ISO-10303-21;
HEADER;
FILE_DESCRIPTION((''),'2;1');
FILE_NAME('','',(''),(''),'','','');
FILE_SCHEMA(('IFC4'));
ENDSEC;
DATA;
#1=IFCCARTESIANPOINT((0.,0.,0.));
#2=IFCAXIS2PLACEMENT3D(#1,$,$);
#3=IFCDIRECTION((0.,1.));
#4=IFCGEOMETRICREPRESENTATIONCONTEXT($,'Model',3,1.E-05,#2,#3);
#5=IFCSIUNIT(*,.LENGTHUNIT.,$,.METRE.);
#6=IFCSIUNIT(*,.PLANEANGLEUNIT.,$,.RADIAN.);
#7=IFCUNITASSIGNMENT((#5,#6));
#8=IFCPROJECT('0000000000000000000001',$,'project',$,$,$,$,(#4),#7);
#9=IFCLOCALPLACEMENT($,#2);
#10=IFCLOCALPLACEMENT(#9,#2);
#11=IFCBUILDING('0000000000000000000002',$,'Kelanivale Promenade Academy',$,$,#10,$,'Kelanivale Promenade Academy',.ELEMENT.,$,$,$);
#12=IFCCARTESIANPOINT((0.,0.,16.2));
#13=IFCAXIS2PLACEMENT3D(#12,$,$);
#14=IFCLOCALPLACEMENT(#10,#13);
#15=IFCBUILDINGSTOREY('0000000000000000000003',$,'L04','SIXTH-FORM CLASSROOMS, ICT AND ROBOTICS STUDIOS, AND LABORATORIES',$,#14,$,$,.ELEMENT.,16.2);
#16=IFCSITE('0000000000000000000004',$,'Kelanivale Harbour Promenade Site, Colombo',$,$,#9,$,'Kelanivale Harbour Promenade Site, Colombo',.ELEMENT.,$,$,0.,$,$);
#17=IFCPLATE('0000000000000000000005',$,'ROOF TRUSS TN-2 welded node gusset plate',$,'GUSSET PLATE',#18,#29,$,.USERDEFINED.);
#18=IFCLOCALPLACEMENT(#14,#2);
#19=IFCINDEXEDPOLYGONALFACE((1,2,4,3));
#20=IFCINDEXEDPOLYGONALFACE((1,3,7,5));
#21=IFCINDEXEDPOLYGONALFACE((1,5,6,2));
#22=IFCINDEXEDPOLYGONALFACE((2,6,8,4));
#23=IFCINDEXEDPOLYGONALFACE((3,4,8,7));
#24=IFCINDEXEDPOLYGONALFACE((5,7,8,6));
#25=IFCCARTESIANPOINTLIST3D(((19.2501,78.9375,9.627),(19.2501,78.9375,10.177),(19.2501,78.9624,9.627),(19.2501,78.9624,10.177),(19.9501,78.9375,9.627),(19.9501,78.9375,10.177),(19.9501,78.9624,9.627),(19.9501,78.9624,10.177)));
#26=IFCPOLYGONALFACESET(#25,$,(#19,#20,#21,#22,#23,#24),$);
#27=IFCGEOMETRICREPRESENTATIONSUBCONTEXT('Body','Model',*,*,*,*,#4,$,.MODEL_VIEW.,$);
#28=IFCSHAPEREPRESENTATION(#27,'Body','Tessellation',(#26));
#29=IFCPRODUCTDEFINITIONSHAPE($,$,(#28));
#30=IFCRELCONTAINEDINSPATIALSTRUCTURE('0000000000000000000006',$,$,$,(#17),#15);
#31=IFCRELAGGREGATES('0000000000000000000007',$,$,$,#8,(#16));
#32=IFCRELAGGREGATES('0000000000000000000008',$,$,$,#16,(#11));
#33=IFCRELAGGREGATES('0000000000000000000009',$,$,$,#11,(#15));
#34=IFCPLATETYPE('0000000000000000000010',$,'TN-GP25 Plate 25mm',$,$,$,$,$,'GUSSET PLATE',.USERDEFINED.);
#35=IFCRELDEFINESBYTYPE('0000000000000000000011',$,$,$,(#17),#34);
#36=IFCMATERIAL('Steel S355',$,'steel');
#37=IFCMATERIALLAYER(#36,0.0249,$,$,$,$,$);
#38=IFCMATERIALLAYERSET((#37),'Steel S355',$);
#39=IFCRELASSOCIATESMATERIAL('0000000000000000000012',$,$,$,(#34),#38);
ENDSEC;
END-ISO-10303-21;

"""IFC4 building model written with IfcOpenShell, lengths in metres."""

from ifc_helpers import new_model, si_unit, direction, frame, origin, origin_2d, place, context, subcontext, project, spatial, rectangle, extrude, material, layer, layer_set, type_object, element, save


model = new_model("IFC4")

# Units and contexts
model_context = context("Model", 3, precision=1e-05, world=origin(), true_north=direction((0.0, 1.0)))
body_context = subcontext(model_context, "Body", "Model", "MODEL_VIEW")
ifc_project = project(units=[si_unit("LENGTHUNIT", "METRE"), si_unit("PLANEANGLEUNIT", "RADIAN")], contexts=[model_context])

# Site, building, storey
site_placement = place(None, origin())
site = spatial("IfcSite", under=ifc_project, at=site_placement, Name="Kelanivale Harbour Promenade Site, Colombo", LongName="Kelanivale Harbour Promenade Site, Colombo", CompositionType="ELEMENT", RefElevation=0.0)
building_placement = place(site_placement, origin())
building = spatial("IfcBuilding", under=site, at=building_placement, Name="Kelanivale Promenade Academy", LongName="Kelanivale Promenade Academy", CompositionType="ELEMENT")
storey_placement = place(building_placement, frame((0.0, 0.0, 16.2)))
storey = spatial("IfcBuildingStorey", under=building, at=storey_placement, Name="L04", Description="SIXTH-FORM CLASSROOMS, ICT AND ROBOTICS STUDIOS, AND LABORATORIES", CompositionType="ELEMENT", Elevation=16.2)

# Shared definitions
ifc_material_1 = material(Name="Steel S355", Category="steel")

# Plate
ifc_layer_1 = layer(ifc_material_1, 0.0249)
ifc_layer_set_1 = layer_set([ifc_layer_1], Name="Steel S355")
plate_type_1 = type_object("IfcPlateType", Name="TN-GP25 Plate 25mm", ElementType="GUSSET PLATE", PredefinedType="USERDEFINED", material=ifc_layer_set_1)
plate_1_placement = place(storey_placement, frame((19.6001, 78.95, 9.627), z_axis=(0.0, 0.0, 1.0), x_axis=(1.0, 0.0, 0.0)))
element("IfcPlate", 1, at=plate_1_placement, inside=storey, type_object=plate_type_1, Name="ROOF TRUSS TN-2 welded node gusset plate", ObjectType="GUSSET PLATE", PredefinedType="USERDEFINED", context=body_context, shape_type="SweptSolid", body=[
    extrude(rectangle(XDim=0.7, YDim=0.0249, at=origin_2d()), origin(), (0.0, 0.0, 1.0), 0.55),
])

save(model, "model.ifc")
